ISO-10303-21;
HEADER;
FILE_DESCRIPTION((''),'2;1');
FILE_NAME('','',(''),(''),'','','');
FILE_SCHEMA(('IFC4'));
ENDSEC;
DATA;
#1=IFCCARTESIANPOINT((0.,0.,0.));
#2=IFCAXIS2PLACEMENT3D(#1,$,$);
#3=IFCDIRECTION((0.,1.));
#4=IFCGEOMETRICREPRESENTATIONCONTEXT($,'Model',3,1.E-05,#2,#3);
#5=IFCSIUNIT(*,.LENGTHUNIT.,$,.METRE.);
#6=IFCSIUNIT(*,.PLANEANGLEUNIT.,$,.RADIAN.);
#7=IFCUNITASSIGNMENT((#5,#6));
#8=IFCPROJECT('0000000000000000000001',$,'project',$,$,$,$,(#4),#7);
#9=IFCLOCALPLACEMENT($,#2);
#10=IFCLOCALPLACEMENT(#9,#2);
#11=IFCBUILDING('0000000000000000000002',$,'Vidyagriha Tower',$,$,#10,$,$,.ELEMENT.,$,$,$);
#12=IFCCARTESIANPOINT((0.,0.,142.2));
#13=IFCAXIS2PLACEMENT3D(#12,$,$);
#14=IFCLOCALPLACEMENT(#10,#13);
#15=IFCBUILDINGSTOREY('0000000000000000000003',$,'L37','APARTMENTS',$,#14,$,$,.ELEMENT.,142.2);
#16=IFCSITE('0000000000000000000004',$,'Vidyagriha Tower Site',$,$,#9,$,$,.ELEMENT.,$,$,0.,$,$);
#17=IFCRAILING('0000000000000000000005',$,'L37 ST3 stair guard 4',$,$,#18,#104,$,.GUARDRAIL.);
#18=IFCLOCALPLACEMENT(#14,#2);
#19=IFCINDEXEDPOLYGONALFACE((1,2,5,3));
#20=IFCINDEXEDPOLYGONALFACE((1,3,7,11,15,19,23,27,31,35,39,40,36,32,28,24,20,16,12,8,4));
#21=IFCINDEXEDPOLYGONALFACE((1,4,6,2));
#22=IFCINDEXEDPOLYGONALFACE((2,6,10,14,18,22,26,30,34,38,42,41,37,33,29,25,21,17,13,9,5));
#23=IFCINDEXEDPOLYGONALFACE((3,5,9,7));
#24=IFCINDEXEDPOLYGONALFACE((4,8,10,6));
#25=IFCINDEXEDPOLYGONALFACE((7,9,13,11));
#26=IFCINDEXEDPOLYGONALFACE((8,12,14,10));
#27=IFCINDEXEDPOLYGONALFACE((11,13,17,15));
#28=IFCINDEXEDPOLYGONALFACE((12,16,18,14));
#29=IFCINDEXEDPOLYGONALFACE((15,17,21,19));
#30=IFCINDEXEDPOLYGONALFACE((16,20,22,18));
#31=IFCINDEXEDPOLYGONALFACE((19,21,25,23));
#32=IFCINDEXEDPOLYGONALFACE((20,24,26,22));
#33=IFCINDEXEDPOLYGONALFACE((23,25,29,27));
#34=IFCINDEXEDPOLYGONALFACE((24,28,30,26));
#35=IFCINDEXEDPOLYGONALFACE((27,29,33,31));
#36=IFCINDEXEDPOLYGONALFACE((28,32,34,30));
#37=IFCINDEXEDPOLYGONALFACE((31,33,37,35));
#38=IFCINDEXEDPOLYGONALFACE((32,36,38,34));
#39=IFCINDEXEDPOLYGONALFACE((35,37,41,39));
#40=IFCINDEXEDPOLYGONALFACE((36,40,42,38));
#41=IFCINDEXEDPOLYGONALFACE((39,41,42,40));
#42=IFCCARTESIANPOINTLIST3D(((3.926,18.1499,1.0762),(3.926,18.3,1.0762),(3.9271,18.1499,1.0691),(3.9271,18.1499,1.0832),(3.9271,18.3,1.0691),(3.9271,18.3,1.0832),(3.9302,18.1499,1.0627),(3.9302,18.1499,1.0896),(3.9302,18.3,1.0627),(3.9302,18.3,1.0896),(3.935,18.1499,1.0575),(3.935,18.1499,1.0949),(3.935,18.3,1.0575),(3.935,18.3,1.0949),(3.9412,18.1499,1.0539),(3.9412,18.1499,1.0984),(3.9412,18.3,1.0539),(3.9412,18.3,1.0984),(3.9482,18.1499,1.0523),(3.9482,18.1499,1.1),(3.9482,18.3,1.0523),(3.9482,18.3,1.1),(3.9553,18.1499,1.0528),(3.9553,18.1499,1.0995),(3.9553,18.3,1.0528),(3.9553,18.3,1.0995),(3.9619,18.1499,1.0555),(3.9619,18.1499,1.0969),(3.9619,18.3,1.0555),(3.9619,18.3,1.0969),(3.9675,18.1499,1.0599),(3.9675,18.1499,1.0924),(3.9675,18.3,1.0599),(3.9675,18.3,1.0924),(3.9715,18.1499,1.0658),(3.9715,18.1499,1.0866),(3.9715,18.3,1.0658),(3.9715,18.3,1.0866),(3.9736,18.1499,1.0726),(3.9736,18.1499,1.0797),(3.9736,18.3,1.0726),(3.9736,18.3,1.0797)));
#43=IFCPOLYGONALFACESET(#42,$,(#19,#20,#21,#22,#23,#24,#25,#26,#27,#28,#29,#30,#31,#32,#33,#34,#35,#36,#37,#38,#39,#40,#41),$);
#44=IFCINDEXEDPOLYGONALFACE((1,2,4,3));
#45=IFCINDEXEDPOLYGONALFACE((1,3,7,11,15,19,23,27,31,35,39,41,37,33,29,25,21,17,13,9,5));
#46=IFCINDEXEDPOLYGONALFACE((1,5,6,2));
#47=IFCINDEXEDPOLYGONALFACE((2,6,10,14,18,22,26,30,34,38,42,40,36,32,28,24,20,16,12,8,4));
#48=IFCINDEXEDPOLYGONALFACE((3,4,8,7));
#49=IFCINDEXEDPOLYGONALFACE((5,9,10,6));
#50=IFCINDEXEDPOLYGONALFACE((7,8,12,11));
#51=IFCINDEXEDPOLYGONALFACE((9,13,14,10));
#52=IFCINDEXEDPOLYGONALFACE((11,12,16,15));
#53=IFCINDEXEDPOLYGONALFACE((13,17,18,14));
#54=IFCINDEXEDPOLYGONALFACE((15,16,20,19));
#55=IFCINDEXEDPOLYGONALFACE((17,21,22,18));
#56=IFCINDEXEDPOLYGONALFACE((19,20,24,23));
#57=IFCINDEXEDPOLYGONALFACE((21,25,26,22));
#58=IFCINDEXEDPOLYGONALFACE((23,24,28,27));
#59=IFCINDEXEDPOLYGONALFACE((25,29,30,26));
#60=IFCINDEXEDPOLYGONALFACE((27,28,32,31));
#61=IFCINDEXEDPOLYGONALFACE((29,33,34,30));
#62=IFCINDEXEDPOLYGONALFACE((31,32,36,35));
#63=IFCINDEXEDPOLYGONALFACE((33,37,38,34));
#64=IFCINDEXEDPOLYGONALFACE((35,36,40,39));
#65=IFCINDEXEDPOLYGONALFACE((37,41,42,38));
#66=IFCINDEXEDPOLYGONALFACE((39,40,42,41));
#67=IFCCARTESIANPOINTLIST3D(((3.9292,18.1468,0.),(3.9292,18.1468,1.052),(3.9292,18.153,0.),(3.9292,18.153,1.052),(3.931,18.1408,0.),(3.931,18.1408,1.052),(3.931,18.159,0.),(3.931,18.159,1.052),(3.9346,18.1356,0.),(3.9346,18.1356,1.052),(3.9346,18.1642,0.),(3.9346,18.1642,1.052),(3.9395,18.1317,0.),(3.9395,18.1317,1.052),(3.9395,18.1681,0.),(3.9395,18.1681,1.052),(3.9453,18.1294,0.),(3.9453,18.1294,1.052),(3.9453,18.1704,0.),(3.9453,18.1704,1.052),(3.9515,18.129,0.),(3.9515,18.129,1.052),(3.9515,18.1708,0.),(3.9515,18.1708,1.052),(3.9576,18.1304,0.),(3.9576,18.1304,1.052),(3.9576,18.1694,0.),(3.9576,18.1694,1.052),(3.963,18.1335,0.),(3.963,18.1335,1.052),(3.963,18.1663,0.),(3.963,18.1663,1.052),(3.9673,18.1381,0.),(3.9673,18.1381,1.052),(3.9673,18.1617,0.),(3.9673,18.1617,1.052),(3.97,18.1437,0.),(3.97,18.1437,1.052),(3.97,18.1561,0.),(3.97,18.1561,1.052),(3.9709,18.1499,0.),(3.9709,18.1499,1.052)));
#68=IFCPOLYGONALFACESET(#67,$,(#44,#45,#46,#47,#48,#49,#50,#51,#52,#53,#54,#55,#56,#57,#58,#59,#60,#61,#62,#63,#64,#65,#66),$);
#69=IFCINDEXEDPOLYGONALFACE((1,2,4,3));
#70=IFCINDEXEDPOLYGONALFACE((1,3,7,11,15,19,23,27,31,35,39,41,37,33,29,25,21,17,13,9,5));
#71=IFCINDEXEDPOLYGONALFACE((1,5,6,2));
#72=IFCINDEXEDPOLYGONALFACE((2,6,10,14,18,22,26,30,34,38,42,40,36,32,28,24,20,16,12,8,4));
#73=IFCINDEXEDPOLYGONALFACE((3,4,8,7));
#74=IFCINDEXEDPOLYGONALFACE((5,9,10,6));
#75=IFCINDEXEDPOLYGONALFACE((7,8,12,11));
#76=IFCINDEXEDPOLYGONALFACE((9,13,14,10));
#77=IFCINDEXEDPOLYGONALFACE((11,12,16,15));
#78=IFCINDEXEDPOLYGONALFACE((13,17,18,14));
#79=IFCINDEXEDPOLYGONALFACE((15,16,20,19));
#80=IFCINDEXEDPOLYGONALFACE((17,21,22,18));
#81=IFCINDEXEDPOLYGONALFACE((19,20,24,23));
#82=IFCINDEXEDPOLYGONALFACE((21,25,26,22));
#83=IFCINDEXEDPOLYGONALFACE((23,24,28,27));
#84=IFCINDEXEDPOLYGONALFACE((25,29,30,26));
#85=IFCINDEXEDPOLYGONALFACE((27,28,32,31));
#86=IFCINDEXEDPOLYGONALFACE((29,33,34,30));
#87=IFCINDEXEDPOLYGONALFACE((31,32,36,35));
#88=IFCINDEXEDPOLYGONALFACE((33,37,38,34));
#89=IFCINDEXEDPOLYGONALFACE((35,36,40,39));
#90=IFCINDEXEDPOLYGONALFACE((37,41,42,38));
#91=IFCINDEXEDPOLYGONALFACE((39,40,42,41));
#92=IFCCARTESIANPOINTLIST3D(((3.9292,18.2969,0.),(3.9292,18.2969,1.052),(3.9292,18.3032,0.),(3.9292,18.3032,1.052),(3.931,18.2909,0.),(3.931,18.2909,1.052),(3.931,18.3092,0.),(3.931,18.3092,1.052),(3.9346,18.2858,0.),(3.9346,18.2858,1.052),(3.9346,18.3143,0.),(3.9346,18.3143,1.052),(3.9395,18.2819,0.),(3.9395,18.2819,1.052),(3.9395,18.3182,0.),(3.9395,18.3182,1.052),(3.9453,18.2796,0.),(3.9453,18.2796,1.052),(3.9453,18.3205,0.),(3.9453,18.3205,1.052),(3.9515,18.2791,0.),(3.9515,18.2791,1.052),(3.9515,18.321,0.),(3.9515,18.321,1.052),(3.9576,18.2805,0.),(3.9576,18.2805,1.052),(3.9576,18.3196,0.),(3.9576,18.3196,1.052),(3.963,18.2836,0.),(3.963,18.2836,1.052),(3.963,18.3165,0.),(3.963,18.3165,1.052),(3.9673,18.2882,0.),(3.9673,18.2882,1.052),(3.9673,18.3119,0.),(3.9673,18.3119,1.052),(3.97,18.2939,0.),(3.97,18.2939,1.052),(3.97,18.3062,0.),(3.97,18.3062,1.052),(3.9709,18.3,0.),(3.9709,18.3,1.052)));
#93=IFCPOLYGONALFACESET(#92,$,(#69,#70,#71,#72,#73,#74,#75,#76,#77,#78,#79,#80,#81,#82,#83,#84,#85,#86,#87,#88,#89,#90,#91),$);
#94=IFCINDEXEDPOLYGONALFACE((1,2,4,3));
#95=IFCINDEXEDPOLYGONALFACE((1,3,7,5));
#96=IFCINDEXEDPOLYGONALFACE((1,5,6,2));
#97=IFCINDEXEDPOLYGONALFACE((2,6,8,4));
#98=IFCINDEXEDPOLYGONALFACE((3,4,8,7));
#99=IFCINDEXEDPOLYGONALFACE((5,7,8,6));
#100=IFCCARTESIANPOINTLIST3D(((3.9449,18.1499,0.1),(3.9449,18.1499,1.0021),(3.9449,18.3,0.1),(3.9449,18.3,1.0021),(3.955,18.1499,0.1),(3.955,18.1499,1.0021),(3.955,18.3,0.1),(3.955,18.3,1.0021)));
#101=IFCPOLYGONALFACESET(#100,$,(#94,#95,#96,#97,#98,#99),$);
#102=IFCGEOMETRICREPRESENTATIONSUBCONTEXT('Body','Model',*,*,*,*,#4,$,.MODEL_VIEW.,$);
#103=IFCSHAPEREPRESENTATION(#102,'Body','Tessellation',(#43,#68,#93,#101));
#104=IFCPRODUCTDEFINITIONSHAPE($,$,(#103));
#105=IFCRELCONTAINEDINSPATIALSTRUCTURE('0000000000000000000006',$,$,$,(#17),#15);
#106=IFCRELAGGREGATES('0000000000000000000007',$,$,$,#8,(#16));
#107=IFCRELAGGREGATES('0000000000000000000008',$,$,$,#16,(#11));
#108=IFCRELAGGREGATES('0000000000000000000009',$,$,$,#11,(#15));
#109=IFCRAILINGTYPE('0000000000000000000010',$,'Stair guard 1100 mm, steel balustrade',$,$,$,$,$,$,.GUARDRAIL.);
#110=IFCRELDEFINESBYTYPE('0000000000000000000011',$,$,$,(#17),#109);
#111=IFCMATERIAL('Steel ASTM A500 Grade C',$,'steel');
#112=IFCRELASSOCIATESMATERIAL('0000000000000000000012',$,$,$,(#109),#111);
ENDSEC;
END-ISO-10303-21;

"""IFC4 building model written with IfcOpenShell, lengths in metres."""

from ifc_helpers import new_model, si_unit, direction, frame, origin, origin_2d, place, context, subcontext, project, spatial, rectangle, circle, extrude, material, type_object, element, save


model = new_model("IFC4")

# Units and contexts
model_context = context("Model", 3, precision=1e-05, world=origin(), true_north=direction((0.0, 1.0)))
body_context = subcontext(model_context, "Body", "Model", "MODEL_VIEW")
ifc_project = project(units=[si_unit("LENGTHUNIT", "METRE"), si_unit("PLANEANGLEUNIT", "RADIAN")], contexts=[model_context])

# Site, building, storey
site_placement = place(None, origin())
site = spatial("IfcSite", under=ifc_project, at=site_placement, Name="Vidyagriha Tower Site", CompositionType="ELEMENT", RefElevation=0.0)
building_placement = place(site_placement, origin())
building = spatial("IfcBuilding", under=site, at=building_placement, Name="Vidyagriha Tower", CompositionType="ELEMENT")
storey_placement = place(building_placement, frame((0.0, 0.0, 142.2)))
storey = spatial("IfcBuildingStorey", under=building, at=storey_placement, Name="L37", Description="APARTMENTS", CompositionType="ELEMENT", Elevation=142.2)

# Railing
ifc_material_1 = material(Name="Steel ASTM A500 Grade C", Category="steel")
railing_type_1 = type_object("IfcRailingType", Name="Stair guard 1100 mm, steel balustrade", PredefinedType="GUARDRAIL", material=ifc_material_1)
railing_1_placement = place(storey_placement, frame((3.95, 18.1499, 0.0)))
element("IfcRailing", 1, at=railing_1_placement, inside=storey, type_object=railing_type_1, Name="L37 ST3 stair guard 4", PredefinedType="GUARDRAIL", context=body_context, shape_type="SweptSolid", body=[
    extrude(circle(Radius=0.0239, at=origin_2d()), frame((0.0, 0.0, 1.0762), z_axis=(0.0, 1.0, 0.0), x_axis=(-1.0, 0.0, 0.0)), (0.0, 0.0, 1.0), 0.1501),
    extrude(circle(Radius=0.021, at=origin_2d()), origin(), (0.0, 0.0, 1.0), 1.052),
    extrude(circle(Radius=0.021, at=origin_2d()), frame((0.0, 0.1501, 0.0)), (0.0, 0.0, 1.0), 1.052),
    extrude(rectangle(XDim=0.01, YDim=0.9021, at=origin_2d()), frame((0.0, 0.0, 0.551), z_axis=(0.0, 1.0, 0.0), x_axis=(-1.0, 0.0, 0.0)), (0.0, 0.0, 1.0), 0.1501),
])

save(model, "model.ifc")
